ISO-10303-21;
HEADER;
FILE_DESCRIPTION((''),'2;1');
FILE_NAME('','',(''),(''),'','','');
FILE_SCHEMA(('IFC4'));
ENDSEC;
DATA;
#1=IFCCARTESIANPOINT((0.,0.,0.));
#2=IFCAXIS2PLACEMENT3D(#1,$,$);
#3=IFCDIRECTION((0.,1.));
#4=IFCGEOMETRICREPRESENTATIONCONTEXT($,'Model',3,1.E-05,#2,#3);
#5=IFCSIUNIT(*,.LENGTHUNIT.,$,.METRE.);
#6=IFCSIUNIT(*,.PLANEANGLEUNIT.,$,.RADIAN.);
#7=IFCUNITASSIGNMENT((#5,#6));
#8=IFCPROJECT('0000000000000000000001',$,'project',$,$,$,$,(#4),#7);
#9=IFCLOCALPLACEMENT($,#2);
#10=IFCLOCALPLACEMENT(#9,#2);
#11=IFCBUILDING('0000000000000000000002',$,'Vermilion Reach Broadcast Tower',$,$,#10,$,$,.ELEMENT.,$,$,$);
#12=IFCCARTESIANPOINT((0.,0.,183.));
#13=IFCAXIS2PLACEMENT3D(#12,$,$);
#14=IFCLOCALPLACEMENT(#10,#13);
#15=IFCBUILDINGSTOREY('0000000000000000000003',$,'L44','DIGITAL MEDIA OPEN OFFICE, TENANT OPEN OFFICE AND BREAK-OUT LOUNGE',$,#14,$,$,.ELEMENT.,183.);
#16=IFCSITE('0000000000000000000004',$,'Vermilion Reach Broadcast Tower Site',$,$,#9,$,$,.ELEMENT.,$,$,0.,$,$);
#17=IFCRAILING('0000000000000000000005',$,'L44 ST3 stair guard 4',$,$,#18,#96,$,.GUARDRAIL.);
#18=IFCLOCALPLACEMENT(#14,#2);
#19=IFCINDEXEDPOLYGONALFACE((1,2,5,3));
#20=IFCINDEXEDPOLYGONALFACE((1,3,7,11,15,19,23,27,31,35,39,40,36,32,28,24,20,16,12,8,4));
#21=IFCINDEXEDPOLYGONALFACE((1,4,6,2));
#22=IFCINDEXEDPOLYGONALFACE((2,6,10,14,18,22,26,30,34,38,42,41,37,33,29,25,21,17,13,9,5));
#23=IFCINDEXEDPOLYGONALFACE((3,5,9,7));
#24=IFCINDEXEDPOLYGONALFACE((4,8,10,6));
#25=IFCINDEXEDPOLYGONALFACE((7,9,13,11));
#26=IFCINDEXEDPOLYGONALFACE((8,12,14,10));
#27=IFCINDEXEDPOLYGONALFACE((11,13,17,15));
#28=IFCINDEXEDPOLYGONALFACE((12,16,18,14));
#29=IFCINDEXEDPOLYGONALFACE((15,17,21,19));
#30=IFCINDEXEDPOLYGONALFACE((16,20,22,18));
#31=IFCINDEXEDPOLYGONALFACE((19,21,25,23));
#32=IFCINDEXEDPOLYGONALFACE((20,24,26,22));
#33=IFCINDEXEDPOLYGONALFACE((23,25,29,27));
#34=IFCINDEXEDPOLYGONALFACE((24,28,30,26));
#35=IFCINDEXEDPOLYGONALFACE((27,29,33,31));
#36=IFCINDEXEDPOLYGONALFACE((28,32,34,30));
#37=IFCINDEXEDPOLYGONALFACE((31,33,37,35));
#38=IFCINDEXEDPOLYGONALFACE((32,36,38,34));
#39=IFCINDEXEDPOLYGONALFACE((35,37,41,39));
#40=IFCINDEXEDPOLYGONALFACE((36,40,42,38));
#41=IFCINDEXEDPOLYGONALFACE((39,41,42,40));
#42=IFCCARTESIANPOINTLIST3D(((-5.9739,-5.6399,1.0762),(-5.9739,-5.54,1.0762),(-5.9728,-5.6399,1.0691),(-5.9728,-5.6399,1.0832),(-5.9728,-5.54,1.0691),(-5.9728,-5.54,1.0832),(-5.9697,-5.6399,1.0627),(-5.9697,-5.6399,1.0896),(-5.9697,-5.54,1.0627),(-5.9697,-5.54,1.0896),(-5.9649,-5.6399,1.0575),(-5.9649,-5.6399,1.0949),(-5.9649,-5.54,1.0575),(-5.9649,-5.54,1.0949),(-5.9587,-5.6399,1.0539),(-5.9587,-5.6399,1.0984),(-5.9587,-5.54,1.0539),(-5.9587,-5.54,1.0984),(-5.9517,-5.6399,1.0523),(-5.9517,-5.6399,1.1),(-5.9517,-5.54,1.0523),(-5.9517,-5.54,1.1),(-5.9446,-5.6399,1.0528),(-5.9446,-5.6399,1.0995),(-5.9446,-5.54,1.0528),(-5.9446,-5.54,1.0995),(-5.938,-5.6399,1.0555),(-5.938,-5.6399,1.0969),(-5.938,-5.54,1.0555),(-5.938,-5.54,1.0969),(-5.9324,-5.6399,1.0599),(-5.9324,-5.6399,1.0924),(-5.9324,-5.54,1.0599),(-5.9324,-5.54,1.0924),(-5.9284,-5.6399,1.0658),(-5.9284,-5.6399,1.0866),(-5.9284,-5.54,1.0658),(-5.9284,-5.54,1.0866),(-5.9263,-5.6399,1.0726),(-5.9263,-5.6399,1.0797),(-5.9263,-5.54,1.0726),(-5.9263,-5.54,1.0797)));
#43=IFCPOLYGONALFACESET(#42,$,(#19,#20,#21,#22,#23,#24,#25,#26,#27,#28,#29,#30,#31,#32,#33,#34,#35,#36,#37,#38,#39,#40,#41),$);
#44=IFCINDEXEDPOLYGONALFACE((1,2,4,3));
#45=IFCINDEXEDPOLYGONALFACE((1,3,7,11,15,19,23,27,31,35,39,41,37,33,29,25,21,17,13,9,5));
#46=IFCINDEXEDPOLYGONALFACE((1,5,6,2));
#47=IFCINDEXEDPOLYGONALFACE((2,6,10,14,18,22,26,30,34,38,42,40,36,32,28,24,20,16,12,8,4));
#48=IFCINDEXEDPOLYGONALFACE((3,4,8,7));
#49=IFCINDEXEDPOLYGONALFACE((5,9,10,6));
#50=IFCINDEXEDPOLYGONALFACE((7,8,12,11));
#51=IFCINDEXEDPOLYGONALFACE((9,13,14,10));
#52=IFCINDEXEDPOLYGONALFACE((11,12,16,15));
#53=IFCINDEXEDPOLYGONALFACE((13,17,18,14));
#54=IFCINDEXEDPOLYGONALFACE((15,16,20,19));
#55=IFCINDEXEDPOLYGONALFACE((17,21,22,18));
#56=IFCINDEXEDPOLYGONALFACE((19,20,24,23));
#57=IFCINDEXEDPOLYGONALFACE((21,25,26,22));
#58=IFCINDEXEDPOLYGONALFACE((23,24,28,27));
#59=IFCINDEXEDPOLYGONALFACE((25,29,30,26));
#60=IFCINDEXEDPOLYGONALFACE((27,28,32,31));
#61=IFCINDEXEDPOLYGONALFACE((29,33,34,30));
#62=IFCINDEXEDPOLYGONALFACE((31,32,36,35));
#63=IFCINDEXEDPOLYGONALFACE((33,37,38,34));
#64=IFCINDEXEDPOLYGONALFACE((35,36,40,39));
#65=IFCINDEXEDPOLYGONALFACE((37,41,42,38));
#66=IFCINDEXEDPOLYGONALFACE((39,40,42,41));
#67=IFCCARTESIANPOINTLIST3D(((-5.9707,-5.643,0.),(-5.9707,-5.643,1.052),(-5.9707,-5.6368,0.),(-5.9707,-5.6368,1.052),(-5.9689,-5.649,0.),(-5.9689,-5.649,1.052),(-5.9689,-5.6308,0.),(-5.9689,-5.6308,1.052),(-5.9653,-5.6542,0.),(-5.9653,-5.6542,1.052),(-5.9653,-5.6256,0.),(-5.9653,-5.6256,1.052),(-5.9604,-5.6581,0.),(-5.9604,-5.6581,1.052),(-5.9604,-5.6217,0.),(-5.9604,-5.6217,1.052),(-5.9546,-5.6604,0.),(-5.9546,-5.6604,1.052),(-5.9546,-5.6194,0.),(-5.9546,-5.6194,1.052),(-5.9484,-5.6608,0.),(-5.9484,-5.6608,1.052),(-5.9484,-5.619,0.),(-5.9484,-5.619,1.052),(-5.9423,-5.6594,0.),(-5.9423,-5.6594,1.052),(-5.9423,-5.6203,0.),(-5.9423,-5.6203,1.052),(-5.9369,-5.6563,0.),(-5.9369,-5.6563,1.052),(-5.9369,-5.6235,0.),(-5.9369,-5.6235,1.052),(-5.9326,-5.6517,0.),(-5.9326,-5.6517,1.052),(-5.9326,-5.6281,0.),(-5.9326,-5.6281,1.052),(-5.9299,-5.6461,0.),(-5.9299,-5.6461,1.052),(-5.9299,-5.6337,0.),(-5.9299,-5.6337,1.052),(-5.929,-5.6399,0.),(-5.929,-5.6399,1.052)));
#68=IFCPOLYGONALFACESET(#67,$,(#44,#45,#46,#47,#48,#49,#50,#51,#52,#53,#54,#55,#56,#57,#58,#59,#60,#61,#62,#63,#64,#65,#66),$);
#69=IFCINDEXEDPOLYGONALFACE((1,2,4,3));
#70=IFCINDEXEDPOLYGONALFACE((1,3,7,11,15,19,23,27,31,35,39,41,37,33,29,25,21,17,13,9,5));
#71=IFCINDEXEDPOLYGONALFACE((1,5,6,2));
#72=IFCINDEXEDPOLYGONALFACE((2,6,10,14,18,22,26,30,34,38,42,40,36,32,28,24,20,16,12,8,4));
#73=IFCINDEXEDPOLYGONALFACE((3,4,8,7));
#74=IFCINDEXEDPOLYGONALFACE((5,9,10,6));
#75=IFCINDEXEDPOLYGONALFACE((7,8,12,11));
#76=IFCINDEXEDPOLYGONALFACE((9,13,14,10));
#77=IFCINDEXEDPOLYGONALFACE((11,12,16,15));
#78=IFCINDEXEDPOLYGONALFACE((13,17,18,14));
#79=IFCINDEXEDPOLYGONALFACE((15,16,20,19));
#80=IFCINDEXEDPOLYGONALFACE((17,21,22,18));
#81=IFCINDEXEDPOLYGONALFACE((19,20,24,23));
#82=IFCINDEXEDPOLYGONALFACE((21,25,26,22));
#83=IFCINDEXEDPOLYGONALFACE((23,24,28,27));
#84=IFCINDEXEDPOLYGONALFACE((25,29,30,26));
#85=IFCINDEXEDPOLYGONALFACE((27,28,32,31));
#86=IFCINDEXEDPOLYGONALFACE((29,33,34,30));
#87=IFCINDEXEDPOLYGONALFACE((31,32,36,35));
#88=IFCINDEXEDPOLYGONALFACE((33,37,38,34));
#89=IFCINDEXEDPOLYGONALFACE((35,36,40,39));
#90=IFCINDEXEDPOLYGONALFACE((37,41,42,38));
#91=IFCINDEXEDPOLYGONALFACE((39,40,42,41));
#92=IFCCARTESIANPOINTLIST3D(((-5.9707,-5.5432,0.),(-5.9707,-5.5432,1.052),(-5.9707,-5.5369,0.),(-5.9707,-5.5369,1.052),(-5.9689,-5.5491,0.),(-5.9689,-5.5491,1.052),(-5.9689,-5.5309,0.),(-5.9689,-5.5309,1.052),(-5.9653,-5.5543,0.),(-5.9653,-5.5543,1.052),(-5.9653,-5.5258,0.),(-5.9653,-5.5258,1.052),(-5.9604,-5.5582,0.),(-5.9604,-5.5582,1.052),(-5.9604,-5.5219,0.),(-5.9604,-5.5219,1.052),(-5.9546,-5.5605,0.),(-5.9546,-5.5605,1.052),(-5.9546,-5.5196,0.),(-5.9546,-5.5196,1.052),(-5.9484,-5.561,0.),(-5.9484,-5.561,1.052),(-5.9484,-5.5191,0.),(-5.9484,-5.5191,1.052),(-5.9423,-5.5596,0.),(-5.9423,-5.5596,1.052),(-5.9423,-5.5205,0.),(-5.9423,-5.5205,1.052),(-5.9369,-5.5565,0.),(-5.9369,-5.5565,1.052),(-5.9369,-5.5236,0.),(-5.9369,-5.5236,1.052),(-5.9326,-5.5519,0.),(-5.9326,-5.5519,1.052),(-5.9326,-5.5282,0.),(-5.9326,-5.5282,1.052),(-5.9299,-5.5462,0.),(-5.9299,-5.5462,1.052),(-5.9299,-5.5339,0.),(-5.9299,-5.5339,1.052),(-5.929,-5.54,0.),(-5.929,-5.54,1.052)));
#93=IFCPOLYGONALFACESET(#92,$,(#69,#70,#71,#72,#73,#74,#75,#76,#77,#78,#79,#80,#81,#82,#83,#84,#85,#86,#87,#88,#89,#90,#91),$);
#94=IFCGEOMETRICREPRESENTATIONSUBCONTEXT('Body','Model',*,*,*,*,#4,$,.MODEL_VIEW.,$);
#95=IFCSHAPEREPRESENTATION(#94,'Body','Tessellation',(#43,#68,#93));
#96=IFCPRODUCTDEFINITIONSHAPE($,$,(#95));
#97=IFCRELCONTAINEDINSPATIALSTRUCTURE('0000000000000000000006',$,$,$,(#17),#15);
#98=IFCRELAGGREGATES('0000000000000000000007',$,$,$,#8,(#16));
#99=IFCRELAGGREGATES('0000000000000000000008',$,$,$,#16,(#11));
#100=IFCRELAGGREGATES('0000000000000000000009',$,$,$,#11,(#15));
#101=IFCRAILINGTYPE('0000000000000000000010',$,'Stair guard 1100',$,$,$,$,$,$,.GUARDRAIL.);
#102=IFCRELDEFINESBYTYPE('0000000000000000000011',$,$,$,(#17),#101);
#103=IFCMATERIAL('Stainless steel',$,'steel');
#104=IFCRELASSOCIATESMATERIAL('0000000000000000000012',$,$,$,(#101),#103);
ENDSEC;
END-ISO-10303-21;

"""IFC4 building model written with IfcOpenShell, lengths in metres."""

from ifc_helpers import new_model, si_unit, direction, frame, origin, origin_2d, place, context, subcontext, project, spatial, circle, extrude, material, type_object, element, save


model = new_model("IFC4")

# Units and contexts
model_context = context("Model", 3, precision=1e-05, world=origin(), true_north=direction((0.0, 1.0)))
body_context = subcontext(model_context, "Body", "Model", "MODEL_VIEW")
ifc_project = project(units=[si_unit("LENGTHUNIT", "METRE"), si_unit("PLANEANGLEUNIT", "RADIAN")], contexts=[model_context])

# Site, building, storey
site_placement = place(None, origin())
site = spatial("IfcSite", under=ifc_project, at=site_placement, Name="Vermilion Reach Broadcast Tower Site", CompositionType="ELEMENT", RefElevation=0.0)
building_placement = place(site_placement, origin())
building = spatial("IfcBuilding", under=site, at=building_placement, Name="Vermilion Reach Broadcast Tower", CompositionType="ELEMENT")
storey_placement = place(building_placement, frame((0.0, 0.0, 183.0)))
storey = spatial("IfcBuildingStorey", under=building, at=storey_placement, Name="L44", Description="DIGITAL MEDIA OPEN OFFICE, TENANT OPEN OFFICE AND BREAK-OUT LOUNGE", CompositionType="ELEMENT", Elevation=183.0)

# Railing
ifc_material_1 = material(Name="Stainless steel", Category="steel")
railing_type = type_object("IfcRailingType", Name="Stair guard 1100", PredefinedType="GUARDRAIL", material=ifc_material_1)
railing_placement = place(storey_placement, frame((-5.95, -5.6399, 0.0)))
element("IfcRailing", 1, at=railing_placement, inside=storey, type_object=railing_type, Name="L44 ST3 stair guard 4", PredefinedType="GUARDRAIL", context=body_context, shape_type="SweptSolid", body=[
    extrude(circle(Radius=0.0239, at=origin_2d()), frame((0.0, 0.0, 1.0762), z_axis=(0.0, 1.0, 0.0), x_axis=(-1.0, 0.0, 0.0)), (0.0, 0.0, 1.0), 0.0999),
    extrude(circle(Radius=0.021, at=origin_2d()), origin(), (0.0, 0.0, 1.0), 1.052),
    extrude(circle(Radius=0.021, at=origin_2d()), frame((0.0, 0.0999, 0.0)), (0.0, 0.0, 1.0), 1.052),
])

save(model, "model.ifc")
